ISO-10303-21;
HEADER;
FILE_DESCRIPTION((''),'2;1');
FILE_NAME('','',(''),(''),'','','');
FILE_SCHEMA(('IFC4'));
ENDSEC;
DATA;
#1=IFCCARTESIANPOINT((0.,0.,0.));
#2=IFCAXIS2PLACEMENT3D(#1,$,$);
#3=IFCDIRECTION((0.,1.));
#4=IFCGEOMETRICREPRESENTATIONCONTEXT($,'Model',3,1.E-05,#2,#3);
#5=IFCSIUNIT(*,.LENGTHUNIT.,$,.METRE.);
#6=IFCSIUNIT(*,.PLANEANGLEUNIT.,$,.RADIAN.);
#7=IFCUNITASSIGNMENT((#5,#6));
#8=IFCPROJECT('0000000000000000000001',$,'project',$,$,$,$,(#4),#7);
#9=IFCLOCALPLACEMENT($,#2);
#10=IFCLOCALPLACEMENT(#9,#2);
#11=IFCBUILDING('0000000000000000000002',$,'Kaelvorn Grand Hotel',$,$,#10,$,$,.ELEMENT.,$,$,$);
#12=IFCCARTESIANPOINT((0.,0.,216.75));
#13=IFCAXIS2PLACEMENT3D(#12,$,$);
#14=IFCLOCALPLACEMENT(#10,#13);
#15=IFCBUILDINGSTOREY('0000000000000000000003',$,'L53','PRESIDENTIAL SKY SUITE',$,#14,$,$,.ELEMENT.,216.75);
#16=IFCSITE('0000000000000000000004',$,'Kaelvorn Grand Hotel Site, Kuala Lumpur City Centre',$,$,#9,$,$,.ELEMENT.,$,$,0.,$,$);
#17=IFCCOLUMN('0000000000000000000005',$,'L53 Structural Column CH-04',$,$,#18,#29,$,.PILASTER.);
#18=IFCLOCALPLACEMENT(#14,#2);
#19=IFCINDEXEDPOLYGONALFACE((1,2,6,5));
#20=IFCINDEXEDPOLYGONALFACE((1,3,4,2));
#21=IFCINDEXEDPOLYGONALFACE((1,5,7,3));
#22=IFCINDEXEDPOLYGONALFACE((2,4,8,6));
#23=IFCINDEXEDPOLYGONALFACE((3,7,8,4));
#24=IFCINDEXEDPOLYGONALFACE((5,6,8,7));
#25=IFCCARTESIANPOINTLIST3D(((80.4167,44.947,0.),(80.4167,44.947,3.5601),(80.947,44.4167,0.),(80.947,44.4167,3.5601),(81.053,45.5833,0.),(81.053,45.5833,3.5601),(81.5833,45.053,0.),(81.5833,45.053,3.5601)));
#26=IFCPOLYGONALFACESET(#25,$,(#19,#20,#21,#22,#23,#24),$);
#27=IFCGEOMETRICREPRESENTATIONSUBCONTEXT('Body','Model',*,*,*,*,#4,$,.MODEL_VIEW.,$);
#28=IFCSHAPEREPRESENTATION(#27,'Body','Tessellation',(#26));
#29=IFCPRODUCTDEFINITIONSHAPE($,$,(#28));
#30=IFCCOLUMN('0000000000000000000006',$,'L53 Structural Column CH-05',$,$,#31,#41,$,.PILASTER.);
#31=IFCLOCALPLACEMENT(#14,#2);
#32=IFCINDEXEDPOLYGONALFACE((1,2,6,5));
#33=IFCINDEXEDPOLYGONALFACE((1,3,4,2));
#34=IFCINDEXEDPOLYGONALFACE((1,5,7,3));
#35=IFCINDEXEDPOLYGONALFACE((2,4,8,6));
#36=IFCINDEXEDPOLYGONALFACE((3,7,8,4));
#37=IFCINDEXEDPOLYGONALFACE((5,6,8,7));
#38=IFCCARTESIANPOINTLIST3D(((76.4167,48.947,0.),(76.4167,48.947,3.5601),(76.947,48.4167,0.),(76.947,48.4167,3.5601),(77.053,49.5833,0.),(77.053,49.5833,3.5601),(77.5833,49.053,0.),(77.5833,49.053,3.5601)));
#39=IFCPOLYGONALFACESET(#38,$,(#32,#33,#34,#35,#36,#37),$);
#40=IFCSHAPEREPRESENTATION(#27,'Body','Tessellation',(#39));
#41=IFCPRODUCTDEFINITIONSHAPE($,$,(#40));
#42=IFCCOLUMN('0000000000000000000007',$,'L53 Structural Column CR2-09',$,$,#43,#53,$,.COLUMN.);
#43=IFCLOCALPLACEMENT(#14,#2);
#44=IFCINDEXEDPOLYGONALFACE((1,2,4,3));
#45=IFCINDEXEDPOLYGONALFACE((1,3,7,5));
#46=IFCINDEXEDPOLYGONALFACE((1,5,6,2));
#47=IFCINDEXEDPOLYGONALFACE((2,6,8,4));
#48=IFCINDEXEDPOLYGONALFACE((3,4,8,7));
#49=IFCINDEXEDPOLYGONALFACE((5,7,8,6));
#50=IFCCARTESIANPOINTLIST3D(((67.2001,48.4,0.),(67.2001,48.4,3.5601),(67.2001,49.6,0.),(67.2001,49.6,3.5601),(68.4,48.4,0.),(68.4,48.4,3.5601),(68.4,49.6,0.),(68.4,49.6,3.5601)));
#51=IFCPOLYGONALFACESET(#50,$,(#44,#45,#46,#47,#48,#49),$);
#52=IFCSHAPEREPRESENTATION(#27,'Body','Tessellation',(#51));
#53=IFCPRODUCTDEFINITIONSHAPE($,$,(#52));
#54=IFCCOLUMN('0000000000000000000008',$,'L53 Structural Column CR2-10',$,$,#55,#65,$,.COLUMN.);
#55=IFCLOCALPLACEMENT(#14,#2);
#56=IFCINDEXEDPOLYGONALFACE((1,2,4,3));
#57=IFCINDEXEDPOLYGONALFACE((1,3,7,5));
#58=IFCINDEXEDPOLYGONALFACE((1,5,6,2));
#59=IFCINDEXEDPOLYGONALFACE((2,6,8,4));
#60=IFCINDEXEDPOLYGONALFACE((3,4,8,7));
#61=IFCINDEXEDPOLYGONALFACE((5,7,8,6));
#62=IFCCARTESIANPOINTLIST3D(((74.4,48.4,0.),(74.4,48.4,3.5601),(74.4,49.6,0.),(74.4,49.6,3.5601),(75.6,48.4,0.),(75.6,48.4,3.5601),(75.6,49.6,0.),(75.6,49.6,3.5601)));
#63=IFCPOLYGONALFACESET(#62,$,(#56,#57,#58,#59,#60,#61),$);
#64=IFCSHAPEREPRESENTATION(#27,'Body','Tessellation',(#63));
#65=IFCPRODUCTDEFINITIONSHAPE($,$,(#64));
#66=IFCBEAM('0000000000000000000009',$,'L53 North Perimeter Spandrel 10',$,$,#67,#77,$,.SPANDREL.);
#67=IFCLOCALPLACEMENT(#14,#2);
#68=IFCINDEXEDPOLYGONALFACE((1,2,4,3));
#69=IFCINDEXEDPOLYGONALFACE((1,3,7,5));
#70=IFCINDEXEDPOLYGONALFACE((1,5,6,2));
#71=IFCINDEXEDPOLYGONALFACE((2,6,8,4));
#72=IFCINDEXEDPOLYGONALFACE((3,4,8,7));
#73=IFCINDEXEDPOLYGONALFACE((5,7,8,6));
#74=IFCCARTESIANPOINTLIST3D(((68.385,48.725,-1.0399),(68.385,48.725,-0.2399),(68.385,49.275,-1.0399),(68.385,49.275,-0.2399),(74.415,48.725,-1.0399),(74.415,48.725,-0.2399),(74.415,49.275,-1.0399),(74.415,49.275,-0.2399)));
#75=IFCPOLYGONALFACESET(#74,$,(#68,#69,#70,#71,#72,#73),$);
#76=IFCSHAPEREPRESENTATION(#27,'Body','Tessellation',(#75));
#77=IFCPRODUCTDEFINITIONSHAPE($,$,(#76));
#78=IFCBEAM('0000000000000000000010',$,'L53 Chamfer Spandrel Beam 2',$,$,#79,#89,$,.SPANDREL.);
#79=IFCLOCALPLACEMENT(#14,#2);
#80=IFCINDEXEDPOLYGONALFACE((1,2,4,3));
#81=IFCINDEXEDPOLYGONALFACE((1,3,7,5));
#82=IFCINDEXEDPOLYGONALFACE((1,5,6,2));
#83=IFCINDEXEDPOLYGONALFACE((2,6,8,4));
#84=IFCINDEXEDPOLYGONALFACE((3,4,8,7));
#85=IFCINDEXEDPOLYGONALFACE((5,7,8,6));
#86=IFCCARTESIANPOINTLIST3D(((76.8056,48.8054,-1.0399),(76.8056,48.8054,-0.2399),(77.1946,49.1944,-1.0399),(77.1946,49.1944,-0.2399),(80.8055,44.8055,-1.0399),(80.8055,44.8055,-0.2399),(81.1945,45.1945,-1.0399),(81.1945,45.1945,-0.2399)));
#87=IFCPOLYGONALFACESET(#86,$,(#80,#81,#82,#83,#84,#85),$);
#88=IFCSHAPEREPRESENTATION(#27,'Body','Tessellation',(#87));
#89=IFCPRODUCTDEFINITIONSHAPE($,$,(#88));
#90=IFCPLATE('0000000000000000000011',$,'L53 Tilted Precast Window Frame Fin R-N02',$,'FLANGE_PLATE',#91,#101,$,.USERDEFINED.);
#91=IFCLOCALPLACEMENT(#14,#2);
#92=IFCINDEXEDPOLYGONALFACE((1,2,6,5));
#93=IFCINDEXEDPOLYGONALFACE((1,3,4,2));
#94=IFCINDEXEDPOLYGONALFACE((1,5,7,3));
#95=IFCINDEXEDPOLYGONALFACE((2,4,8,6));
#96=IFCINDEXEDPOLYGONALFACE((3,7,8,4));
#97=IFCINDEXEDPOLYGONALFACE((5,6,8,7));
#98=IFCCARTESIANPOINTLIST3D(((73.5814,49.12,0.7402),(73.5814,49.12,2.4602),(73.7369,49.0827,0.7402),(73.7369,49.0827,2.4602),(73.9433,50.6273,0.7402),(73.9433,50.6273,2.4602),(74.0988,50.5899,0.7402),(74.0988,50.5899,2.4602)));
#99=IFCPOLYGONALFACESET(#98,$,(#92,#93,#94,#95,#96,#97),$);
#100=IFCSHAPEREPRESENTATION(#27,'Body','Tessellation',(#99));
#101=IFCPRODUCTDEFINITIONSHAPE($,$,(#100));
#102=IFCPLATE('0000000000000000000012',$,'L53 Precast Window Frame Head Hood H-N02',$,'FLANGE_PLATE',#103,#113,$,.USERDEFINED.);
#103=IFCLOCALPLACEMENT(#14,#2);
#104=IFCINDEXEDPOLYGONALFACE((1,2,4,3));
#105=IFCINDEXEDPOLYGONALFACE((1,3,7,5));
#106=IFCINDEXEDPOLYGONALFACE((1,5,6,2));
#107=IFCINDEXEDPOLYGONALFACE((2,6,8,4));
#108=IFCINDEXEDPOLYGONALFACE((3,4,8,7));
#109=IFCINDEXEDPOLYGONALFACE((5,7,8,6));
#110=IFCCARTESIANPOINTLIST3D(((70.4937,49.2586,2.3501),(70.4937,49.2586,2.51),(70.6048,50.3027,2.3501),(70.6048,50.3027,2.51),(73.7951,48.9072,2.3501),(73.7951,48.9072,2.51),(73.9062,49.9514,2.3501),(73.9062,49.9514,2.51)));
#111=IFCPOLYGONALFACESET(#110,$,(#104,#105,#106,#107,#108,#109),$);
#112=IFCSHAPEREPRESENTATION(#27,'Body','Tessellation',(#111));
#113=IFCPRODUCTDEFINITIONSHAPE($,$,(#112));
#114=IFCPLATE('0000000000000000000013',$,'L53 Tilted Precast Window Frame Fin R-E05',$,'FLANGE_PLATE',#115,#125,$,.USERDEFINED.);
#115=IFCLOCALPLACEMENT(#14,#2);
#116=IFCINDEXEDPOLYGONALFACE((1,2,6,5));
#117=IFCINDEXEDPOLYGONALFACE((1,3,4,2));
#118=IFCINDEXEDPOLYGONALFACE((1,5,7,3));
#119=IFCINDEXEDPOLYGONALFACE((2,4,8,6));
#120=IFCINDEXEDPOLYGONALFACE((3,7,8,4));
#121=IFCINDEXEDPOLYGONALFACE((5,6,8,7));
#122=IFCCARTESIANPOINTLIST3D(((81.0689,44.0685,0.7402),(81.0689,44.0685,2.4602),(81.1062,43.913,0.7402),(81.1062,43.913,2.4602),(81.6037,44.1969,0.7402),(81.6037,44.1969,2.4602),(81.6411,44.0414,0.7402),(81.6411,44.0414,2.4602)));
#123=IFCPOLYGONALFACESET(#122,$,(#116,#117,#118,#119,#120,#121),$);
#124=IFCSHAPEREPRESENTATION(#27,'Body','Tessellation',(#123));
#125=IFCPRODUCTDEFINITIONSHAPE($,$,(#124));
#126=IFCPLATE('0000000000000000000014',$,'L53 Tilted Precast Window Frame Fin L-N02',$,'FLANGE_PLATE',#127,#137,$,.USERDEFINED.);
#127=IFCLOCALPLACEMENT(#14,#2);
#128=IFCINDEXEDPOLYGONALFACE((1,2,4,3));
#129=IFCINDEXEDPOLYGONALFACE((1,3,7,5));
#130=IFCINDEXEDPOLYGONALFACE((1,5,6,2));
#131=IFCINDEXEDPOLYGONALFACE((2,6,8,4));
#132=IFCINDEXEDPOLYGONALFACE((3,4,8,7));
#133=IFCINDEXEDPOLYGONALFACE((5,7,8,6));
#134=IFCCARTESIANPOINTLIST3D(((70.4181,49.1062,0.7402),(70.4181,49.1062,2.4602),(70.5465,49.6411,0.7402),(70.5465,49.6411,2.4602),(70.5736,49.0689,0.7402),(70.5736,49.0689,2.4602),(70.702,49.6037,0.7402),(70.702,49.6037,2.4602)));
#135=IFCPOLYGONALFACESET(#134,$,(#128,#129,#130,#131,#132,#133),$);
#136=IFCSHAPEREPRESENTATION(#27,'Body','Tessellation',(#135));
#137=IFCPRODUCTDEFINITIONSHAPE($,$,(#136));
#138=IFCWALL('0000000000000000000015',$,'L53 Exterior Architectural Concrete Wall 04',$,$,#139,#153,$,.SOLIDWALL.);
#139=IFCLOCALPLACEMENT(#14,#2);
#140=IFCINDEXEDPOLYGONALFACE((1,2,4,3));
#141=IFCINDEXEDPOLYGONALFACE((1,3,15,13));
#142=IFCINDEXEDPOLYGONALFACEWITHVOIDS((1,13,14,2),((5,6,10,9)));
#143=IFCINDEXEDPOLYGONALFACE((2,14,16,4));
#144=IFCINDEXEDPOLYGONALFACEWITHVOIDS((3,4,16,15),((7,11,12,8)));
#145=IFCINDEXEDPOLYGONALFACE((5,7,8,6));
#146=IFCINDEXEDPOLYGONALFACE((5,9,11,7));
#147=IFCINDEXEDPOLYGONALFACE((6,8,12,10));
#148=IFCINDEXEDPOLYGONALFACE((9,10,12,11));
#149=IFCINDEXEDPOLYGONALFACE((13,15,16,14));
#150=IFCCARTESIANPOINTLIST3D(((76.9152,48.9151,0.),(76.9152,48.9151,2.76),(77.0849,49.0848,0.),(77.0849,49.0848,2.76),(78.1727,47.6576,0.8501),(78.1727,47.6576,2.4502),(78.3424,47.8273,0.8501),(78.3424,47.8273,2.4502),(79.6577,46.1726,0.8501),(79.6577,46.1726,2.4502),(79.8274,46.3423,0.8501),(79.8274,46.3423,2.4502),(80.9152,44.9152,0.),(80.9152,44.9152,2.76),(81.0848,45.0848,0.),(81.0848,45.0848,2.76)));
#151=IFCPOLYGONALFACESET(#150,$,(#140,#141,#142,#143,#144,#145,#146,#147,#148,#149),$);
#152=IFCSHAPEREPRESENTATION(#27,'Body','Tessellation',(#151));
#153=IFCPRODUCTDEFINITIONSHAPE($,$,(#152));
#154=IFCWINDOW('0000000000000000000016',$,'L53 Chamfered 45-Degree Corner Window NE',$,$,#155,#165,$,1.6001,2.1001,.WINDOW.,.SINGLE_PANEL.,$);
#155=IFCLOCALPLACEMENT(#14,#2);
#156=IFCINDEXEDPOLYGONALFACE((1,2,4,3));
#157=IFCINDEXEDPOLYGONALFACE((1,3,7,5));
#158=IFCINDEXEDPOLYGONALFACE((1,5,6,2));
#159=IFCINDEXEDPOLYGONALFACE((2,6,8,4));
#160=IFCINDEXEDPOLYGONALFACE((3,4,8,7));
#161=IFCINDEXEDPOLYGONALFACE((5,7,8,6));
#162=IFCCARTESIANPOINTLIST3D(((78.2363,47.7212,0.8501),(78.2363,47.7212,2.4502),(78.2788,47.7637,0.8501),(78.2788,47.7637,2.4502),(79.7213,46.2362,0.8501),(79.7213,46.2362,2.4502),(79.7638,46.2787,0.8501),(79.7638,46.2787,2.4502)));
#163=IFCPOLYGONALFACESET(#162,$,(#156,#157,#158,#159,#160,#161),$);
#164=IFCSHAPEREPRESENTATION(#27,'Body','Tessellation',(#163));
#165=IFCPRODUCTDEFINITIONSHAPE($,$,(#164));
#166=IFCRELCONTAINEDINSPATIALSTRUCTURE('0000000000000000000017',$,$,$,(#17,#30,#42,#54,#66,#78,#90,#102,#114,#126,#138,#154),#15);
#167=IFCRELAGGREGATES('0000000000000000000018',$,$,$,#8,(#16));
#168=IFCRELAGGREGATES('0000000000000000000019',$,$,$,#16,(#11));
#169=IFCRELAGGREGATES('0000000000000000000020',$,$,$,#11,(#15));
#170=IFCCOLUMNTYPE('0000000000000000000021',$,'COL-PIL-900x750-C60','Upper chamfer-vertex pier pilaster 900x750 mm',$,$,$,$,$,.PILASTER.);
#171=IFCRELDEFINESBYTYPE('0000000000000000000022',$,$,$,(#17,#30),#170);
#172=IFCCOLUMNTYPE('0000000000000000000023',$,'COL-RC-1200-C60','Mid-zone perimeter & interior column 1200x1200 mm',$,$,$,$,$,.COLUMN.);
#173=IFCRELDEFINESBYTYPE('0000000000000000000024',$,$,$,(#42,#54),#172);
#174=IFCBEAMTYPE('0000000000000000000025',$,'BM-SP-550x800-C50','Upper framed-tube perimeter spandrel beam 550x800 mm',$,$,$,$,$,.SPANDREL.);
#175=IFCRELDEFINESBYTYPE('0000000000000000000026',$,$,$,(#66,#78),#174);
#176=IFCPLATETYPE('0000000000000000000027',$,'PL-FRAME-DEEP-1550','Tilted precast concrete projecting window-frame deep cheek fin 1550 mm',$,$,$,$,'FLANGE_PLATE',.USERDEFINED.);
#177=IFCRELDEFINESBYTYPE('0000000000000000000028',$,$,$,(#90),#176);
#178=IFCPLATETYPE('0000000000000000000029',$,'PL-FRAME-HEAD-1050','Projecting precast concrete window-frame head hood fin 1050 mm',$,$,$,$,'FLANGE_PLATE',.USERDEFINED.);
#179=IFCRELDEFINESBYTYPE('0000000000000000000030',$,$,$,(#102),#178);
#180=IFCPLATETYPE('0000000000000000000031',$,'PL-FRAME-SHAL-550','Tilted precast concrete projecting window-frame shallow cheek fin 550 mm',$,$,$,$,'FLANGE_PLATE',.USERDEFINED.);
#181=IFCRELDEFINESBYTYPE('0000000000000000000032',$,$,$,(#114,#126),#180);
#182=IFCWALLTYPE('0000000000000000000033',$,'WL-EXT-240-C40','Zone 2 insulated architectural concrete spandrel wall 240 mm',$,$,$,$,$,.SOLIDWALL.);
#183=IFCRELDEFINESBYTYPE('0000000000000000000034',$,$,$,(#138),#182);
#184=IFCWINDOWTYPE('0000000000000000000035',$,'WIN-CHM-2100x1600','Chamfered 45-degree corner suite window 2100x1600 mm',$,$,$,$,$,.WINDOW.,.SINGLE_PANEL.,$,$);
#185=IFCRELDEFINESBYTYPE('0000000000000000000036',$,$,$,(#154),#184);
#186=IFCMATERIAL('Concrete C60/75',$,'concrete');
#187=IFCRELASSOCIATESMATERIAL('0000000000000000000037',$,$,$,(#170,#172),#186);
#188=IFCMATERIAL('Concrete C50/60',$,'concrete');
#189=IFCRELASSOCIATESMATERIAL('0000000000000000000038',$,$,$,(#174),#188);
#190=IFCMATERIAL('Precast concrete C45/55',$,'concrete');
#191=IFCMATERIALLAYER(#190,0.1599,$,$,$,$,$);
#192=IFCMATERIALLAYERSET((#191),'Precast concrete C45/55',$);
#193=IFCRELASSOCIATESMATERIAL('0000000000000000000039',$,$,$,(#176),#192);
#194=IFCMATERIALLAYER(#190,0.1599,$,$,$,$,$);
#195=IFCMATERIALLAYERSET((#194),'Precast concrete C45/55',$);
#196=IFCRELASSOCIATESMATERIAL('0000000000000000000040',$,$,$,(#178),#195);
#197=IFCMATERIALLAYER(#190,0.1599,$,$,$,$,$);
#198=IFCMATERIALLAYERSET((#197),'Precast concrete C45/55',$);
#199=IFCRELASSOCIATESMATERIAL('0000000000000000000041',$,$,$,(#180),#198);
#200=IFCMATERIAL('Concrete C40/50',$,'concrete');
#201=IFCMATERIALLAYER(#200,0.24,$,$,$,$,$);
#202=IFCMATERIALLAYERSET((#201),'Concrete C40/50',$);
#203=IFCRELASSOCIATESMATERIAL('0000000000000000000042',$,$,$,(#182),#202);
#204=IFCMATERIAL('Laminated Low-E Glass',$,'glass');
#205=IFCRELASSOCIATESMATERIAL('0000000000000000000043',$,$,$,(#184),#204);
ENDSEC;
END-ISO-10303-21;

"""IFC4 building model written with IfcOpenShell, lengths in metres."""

from ifc_helpers import new_model, si_unit, direction, frame, frame_2d, origin, origin_2d, place, context, subcontext, project, spatial, rectangle, extrude, material, layer, layer_set, material_profile, profile_set, type_object, element, fill, save


model = new_model("IFC4")

# Units and contexts
model_context = context("Model", 3, precision=1e-05, world=origin(), true_north=direction((0.0, 1.0)))
body_context = subcontext(model_context, "Body", "Model", "MODEL_VIEW")
ifc_project = project(units=[si_unit("LENGTHUNIT", "METRE"), si_unit("PLANEANGLEUNIT", "RADIAN")], contexts=[model_context])

# Site, building, storey
site_placement = place(None, origin())
site = spatial("IfcSite", under=ifc_project, at=site_placement, Name="Kaelvorn Grand Hotel Site, Kuala Lumpur City Centre", CompositionType="ELEMENT", RefElevation=0.0)
building_placement = place(site_placement, origin())
building = spatial("IfcBuilding", under=site, at=building_placement, Name="Kaelvorn Grand Hotel", CompositionType="ELEMENT")
storey_placement = place(building_placement, frame((0.0, 0.0, 216.75)))
storey = spatial("IfcBuildingStorey", under=building, at=storey_placement, Name="L53", Description="PRESIDENTIAL SKY SUITE", CompositionType="ELEMENT", Elevation=216.75)

# Columns
ifc_material_1 = material(Name="Concrete C60/75", Category="concrete")
ifc_material_profile_1 = material_profile(ifc_material_1, rectangle(XDim=0.8999, YDim=0.75, at=origin_2d()), Name="RC PILASTER 900x750")
ifc_profile_set_1 = profile_set([ifc_material_profile_1], Name="Concrete C60/75")
column_type_1 = type_object("IfcColumnType", Name="COL-PIL-900x750-C60", Description="Upper chamfer-vertex pier pilaster 900x750 mm", PredefinedType="PILASTER", material=ifc_profile_set_1)
for number, where, z_axis, x_axis, name in (
    (1, (81.0, 45.0, 0.0), (0.0, 0.0, 1.0), (0.707107, 0.707107, 0.0), "L53 Structural Column CH-04"),
    (2, (77.0, 49.0, 0.0), (0.0, 0.0, 1.0), (0.707107, 0.707107, 0.0), "L53 Structural Column CH-05"),
):
    element("IfcColumn", number, at=place(storey_placement, frame(where, z_axis=z_axis, x_axis=x_axis)), inside=storey, type_object=column_type_1, Name=name, PredefinedType="PILASTER", context=body_context, shape_type="SweptSolid", body=[
        extrude(rectangle(XDim=0.8999, YDim=0.75, at=origin_2d()), origin(), (0.0, 0.0, 1.0), 3.5601),
    ])
ifc_material_profile_2 = material_profile(ifc_material_1, rectangle(XDim=1.2, YDim=1.2, at=origin_2d()), Name="RC COL 1200x1200")
ifc_profile_set_2 = profile_set([ifc_material_profile_2], Name="Concrete C60/75")
column_type_2 = type_object("IfcColumnType", Name="COL-RC-1200-C60", Description="Mid-zone perimeter & interior column 1200x1200 mm", PredefinedType="COLUMN", material=ifc_profile_set_2)
for number, where, z_axis, x_axis, name in (
    (3, (67.8, 49.0, 0.0), (0.0, 0.0, 1.0), (1.0, 0.0, 0.0), "L53 Structural Column CR2-09"),
    (4, (75.0, 49.0, 0.0), (0.0, 0.0, 1.0), (1.0, 0.0, 0.0), "L53 Structural Column CR2-10"),
):
    element("IfcColumn", number, at=place(storey_placement, frame(where, z_axis=z_axis, x_axis=x_axis)), inside=storey, type_object=column_type_2, Name=name, PredefinedType="COLUMN", context=body_context, shape_type="SweptSolid", body=[
        extrude(rectangle(XDim=1.2, YDim=1.2, at=origin_2d()), origin(), (0.0, 0.0, 1.0), 3.5601),
    ])

# Beams
ifc_material_2 = material(Name="Concrete C50/60", Category="concrete")
ifc_material_profile_3 = material_profile(ifc_material_2, rectangle(XDim=0.55, YDim=0.8, at=origin_2d()), Name="RC SPANDREL 550x800")
ifc_profile_set_3 = profile_set([ifc_material_profile_3], Name="Concrete C50/60")
beam_type = type_object("IfcBeamType", Name="BM-SP-550x800-C50", Description="Upper framed-tube perimeter spandrel beam 550x800 mm", PredefinedType="SPANDREL", material=ifc_profile_set_3)
beam_1_placement = place(storey_placement, frame((68.385, 49.0, -0.6399), z_axis=(1.0, 0.0, 0.0), x_axis=(0.0, 1.0, 0.0)))
element("IfcBeam", 5, at=beam_1_placement, inside=storey, type_object=beam_type, Name="L53 North Perimeter Spandrel 10", PredefinedType="SPANDREL", context=body_context, shape_type="SweptSolid", body=[
    extrude(rectangle(XDim=0.55, YDim=0.8, at=origin_2d()), origin(), (0.0, 0.0, 1.0), 6.03),
])
beam_2_placement = place(storey_placement, frame((81.0, 45.0, -0.6399), z_axis=(-0.707107, 0.707107, 0.0), x_axis=(-0.707107, -0.707107, 0.0)))
element("IfcBeam", 6, at=beam_2_placement, inside=storey, type_object=beam_type, Name="L53 Chamfer Spandrel Beam 2", PredefinedType="SPANDREL", context=body_context, shape_type="SweptSolid", body=[
    extrude(rectangle(XDim=0.55, YDim=0.8, at=origin_2d()), origin(), (0.0, 0.0, 1.0), 5.6567),
])

# Plates
ifc_material_3 = material(Name="Precast concrete C45/55", Category="concrete")
ifc_layer_1 = layer(ifc_material_3, 0.1599)
ifc_layer_set_1 = layer_set([ifc_layer_1], Name="Precast concrete C45/55")
plate_type_1 = type_object("IfcPlateType", Name="PL-FRAME-DEEP-1550", Description="Tilted precast concrete projecting window-frame deep cheek fin 1550 mm", ElementType="FLANGE_PLATE", PredefinedType="USERDEFINED", material=ifc_layer_set_1)
plate_1_placement = place(storey_placement, frame((73.8401, 49.855, 0.7402), z_axis=(0.0, 0.0, 1.0), x_axis=(0.97237, -0.233445, 0.0)))
element("IfcPlate", 7, at=plate_1_placement, inside=storey, type_object=plate_type_1, Name="L53 Tilted Precast Window Frame Fin R-N02", ObjectType="FLANGE_PLATE", PredefinedType="USERDEFINED", context=body_context, shape_type="SweptSolid", body=[
    extrude(rectangle(XDim=0.1599, YDim=1.55, at=origin_2d()), origin(), (0.0, 0.0, 1.0), 1.72),
])
ifc_layer_2 = layer(ifc_material_3, 0.1599)
ifc_layer_set_2 = layer_set([ifc_layer_2], Name="Precast concrete C45/55")
plate_type_2 = type_object("IfcPlateType", Name="PL-FRAME-HEAD-1050", Description="Projecting precast concrete window-frame head hood fin 1050 mm", ElementType="FLANGE_PLATE", PredefinedType="USERDEFINED", material=ifc_layer_set_2)
plate_2_placement = place(storey_placement, frame((72.2, 49.605, 2.3501), z_axis=(0.0, 0.0, 1.0), x_axis=(0.994384, -0.10583, 0.0)))
element("IfcPlate", 8, at=plate_2_placement, inside=storey, type_object=plate_type_2, Name="L53 Precast Window Frame Head Hood H-N02", ObjectType="FLANGE_PLATE", PredefinedType="USERDEFINED", context=body_context, shape_type="SweptSolid", body=[
    extrude(rectangle(XDim=3.3201, YDim=1.05, at=origin_2d()), origin(), (0.0, 0.0, 1.0), 0.1599),
])
ifc_layer_3 = layer(ifc_material_3, 0.1599)
ifc_layer_set_3 = layer_set([ifc_layer_3], Name="Precast concrete C45/55")
plate_type_3 = type_object("IfcPlateType", Name="PL-FRAME-SHAL-550", Description="Tilted precast concrete projecting window-frame shallow cheek fin 550 mm", ElementType="FLANGE_PLATE", PredefinedType="USERDEFINED", material=ifc_layer_set_3)
for number, where, z_axis, x_axis, name in (
    (9, (81.355, 44.0549, 0.7402), (0.0, 0.0, 1.0), (-0.233445, 0.97237, 0.0), "L53 Tilted Precast Window Frame Fin R-E05"),
    (10, (70.5601, 49.355, 0.7402), (0.0, 0.0, 1.0), (0.97237, -0.233445, 0.0), "L53 Tilted Precast Window Frame Fin L-N02"),
):
    element("IfcPlate", number, at=place(storey_placement, frame(where, z_axis=z_axis, x_axis=x_axis)), inside=storey, type_object=plate_type_3, Name=name, ObjectType="FLANGE_PLATE", PredefinedType="USERDEFINED", context=body_context, shape_type="SweptSolid", body=[
        extrude(rectangle(XDim=0.1599, YDim=0.55, at=origin_2d()), origin(), (0.0, 0.0, 1.0), 1.72),
    ])

# Wall, opening, window
ifc_material_4 = material(Name="Concrete C40/50", Category="concrete")
ifc_layer_4 = layer(ifc_material_4, 0.24)
ifc_layer_set_4 = layer_set([ifc_layer_4], Name="Concrete C40/50")
wall_type = type_object("IfcWallType", Name="WL-EXT-240-C40", Description="Zone 2 insulated architectural concrete spandrel wall 240 mm", PredefinedType="SOLIDWALL", material=ifc_layer_set_4)
wall_1_placement = place(storey_placement, frame((81.0, 45.0, 0.0), z_axis=(0.0, 0.0, 1.0), x_axis=(-0.707107, 0.707107, 0.0)))
wall_1 = element("IfcWall", 11, at=wall_1_placement, inside=storey, type_object=wall_type, Name="L53 Exterior Architectural Concrete Wall 04", PredefinedType="SOLIDWALL", context=body_context, shape_type="SweptSolid", body=[
    extrude(rectangle(XDim=5.6567, YDim=0.24, at=frame_2d((2.8284, 0.0))), origin(), (0.0, 0.0, 1.0), 2.76),
])
opening_1_placement = place(wall_1_placement, frame((1.7783, 0.0, 0.8501)))
opening_1 = element("IfcOpeningElement", 12, at=opening_1_placement, cuts=wall_1, PredefinedType="OPENING", context=body_context, shape_type="SweptSolid", body=[
    extrude(rectangle(XDim=2.1001, YDim=1.6001, at=frame_2d((1.05, 0.8))), frame((0.0, 0.1299, 0.0), z_axis=(0.0, -1.0, 0.0), x_axis=(1.0, 0.0, 0.0)), (0.0, 0.0, 1.0), 0.26),
])
ifc_material_5 = material(Name="Laminated Low-E Glass", Category="glass")
window_type_1 = type_object("IfcWindowType", Name="WIN-CHM-2100x1600", Description="Chamfered 45-degree corner suite window 2100x1600 mm", PartitioningType="SINGLE_PANEL", PredefinedType="WINDOW", material=ifc_material_5)
window_1_placement = place(opening_1_placement, origin())
window_1 = element("IfcWindow", 13, at=window_1_placement, inside=storey, type_object=window_type_1, Name="L53 Chamfered 45-Degree Corner Window NE", OverallHeight=1.6001, OverallWidth=2.1001, PartitioningType="SINGLE_PANEL", PredefinedType="WINDOW", context=body_context, shape_type="SweptSolid", body=[
    extrude(rectangle(XDim=2.1001, YDim=1.6001, at=frame_2d((1.05, 0.8))), frame((0.0, 0.03, 0.0), z_axis=(0.0, -1.0, 0.0), x_axis=(1.0, 0.0, 0.0)), (0.0, 0.0, 1.0), 0.0601),
])
fill(opening_1, window_1)

save(model, "model.ifc")
